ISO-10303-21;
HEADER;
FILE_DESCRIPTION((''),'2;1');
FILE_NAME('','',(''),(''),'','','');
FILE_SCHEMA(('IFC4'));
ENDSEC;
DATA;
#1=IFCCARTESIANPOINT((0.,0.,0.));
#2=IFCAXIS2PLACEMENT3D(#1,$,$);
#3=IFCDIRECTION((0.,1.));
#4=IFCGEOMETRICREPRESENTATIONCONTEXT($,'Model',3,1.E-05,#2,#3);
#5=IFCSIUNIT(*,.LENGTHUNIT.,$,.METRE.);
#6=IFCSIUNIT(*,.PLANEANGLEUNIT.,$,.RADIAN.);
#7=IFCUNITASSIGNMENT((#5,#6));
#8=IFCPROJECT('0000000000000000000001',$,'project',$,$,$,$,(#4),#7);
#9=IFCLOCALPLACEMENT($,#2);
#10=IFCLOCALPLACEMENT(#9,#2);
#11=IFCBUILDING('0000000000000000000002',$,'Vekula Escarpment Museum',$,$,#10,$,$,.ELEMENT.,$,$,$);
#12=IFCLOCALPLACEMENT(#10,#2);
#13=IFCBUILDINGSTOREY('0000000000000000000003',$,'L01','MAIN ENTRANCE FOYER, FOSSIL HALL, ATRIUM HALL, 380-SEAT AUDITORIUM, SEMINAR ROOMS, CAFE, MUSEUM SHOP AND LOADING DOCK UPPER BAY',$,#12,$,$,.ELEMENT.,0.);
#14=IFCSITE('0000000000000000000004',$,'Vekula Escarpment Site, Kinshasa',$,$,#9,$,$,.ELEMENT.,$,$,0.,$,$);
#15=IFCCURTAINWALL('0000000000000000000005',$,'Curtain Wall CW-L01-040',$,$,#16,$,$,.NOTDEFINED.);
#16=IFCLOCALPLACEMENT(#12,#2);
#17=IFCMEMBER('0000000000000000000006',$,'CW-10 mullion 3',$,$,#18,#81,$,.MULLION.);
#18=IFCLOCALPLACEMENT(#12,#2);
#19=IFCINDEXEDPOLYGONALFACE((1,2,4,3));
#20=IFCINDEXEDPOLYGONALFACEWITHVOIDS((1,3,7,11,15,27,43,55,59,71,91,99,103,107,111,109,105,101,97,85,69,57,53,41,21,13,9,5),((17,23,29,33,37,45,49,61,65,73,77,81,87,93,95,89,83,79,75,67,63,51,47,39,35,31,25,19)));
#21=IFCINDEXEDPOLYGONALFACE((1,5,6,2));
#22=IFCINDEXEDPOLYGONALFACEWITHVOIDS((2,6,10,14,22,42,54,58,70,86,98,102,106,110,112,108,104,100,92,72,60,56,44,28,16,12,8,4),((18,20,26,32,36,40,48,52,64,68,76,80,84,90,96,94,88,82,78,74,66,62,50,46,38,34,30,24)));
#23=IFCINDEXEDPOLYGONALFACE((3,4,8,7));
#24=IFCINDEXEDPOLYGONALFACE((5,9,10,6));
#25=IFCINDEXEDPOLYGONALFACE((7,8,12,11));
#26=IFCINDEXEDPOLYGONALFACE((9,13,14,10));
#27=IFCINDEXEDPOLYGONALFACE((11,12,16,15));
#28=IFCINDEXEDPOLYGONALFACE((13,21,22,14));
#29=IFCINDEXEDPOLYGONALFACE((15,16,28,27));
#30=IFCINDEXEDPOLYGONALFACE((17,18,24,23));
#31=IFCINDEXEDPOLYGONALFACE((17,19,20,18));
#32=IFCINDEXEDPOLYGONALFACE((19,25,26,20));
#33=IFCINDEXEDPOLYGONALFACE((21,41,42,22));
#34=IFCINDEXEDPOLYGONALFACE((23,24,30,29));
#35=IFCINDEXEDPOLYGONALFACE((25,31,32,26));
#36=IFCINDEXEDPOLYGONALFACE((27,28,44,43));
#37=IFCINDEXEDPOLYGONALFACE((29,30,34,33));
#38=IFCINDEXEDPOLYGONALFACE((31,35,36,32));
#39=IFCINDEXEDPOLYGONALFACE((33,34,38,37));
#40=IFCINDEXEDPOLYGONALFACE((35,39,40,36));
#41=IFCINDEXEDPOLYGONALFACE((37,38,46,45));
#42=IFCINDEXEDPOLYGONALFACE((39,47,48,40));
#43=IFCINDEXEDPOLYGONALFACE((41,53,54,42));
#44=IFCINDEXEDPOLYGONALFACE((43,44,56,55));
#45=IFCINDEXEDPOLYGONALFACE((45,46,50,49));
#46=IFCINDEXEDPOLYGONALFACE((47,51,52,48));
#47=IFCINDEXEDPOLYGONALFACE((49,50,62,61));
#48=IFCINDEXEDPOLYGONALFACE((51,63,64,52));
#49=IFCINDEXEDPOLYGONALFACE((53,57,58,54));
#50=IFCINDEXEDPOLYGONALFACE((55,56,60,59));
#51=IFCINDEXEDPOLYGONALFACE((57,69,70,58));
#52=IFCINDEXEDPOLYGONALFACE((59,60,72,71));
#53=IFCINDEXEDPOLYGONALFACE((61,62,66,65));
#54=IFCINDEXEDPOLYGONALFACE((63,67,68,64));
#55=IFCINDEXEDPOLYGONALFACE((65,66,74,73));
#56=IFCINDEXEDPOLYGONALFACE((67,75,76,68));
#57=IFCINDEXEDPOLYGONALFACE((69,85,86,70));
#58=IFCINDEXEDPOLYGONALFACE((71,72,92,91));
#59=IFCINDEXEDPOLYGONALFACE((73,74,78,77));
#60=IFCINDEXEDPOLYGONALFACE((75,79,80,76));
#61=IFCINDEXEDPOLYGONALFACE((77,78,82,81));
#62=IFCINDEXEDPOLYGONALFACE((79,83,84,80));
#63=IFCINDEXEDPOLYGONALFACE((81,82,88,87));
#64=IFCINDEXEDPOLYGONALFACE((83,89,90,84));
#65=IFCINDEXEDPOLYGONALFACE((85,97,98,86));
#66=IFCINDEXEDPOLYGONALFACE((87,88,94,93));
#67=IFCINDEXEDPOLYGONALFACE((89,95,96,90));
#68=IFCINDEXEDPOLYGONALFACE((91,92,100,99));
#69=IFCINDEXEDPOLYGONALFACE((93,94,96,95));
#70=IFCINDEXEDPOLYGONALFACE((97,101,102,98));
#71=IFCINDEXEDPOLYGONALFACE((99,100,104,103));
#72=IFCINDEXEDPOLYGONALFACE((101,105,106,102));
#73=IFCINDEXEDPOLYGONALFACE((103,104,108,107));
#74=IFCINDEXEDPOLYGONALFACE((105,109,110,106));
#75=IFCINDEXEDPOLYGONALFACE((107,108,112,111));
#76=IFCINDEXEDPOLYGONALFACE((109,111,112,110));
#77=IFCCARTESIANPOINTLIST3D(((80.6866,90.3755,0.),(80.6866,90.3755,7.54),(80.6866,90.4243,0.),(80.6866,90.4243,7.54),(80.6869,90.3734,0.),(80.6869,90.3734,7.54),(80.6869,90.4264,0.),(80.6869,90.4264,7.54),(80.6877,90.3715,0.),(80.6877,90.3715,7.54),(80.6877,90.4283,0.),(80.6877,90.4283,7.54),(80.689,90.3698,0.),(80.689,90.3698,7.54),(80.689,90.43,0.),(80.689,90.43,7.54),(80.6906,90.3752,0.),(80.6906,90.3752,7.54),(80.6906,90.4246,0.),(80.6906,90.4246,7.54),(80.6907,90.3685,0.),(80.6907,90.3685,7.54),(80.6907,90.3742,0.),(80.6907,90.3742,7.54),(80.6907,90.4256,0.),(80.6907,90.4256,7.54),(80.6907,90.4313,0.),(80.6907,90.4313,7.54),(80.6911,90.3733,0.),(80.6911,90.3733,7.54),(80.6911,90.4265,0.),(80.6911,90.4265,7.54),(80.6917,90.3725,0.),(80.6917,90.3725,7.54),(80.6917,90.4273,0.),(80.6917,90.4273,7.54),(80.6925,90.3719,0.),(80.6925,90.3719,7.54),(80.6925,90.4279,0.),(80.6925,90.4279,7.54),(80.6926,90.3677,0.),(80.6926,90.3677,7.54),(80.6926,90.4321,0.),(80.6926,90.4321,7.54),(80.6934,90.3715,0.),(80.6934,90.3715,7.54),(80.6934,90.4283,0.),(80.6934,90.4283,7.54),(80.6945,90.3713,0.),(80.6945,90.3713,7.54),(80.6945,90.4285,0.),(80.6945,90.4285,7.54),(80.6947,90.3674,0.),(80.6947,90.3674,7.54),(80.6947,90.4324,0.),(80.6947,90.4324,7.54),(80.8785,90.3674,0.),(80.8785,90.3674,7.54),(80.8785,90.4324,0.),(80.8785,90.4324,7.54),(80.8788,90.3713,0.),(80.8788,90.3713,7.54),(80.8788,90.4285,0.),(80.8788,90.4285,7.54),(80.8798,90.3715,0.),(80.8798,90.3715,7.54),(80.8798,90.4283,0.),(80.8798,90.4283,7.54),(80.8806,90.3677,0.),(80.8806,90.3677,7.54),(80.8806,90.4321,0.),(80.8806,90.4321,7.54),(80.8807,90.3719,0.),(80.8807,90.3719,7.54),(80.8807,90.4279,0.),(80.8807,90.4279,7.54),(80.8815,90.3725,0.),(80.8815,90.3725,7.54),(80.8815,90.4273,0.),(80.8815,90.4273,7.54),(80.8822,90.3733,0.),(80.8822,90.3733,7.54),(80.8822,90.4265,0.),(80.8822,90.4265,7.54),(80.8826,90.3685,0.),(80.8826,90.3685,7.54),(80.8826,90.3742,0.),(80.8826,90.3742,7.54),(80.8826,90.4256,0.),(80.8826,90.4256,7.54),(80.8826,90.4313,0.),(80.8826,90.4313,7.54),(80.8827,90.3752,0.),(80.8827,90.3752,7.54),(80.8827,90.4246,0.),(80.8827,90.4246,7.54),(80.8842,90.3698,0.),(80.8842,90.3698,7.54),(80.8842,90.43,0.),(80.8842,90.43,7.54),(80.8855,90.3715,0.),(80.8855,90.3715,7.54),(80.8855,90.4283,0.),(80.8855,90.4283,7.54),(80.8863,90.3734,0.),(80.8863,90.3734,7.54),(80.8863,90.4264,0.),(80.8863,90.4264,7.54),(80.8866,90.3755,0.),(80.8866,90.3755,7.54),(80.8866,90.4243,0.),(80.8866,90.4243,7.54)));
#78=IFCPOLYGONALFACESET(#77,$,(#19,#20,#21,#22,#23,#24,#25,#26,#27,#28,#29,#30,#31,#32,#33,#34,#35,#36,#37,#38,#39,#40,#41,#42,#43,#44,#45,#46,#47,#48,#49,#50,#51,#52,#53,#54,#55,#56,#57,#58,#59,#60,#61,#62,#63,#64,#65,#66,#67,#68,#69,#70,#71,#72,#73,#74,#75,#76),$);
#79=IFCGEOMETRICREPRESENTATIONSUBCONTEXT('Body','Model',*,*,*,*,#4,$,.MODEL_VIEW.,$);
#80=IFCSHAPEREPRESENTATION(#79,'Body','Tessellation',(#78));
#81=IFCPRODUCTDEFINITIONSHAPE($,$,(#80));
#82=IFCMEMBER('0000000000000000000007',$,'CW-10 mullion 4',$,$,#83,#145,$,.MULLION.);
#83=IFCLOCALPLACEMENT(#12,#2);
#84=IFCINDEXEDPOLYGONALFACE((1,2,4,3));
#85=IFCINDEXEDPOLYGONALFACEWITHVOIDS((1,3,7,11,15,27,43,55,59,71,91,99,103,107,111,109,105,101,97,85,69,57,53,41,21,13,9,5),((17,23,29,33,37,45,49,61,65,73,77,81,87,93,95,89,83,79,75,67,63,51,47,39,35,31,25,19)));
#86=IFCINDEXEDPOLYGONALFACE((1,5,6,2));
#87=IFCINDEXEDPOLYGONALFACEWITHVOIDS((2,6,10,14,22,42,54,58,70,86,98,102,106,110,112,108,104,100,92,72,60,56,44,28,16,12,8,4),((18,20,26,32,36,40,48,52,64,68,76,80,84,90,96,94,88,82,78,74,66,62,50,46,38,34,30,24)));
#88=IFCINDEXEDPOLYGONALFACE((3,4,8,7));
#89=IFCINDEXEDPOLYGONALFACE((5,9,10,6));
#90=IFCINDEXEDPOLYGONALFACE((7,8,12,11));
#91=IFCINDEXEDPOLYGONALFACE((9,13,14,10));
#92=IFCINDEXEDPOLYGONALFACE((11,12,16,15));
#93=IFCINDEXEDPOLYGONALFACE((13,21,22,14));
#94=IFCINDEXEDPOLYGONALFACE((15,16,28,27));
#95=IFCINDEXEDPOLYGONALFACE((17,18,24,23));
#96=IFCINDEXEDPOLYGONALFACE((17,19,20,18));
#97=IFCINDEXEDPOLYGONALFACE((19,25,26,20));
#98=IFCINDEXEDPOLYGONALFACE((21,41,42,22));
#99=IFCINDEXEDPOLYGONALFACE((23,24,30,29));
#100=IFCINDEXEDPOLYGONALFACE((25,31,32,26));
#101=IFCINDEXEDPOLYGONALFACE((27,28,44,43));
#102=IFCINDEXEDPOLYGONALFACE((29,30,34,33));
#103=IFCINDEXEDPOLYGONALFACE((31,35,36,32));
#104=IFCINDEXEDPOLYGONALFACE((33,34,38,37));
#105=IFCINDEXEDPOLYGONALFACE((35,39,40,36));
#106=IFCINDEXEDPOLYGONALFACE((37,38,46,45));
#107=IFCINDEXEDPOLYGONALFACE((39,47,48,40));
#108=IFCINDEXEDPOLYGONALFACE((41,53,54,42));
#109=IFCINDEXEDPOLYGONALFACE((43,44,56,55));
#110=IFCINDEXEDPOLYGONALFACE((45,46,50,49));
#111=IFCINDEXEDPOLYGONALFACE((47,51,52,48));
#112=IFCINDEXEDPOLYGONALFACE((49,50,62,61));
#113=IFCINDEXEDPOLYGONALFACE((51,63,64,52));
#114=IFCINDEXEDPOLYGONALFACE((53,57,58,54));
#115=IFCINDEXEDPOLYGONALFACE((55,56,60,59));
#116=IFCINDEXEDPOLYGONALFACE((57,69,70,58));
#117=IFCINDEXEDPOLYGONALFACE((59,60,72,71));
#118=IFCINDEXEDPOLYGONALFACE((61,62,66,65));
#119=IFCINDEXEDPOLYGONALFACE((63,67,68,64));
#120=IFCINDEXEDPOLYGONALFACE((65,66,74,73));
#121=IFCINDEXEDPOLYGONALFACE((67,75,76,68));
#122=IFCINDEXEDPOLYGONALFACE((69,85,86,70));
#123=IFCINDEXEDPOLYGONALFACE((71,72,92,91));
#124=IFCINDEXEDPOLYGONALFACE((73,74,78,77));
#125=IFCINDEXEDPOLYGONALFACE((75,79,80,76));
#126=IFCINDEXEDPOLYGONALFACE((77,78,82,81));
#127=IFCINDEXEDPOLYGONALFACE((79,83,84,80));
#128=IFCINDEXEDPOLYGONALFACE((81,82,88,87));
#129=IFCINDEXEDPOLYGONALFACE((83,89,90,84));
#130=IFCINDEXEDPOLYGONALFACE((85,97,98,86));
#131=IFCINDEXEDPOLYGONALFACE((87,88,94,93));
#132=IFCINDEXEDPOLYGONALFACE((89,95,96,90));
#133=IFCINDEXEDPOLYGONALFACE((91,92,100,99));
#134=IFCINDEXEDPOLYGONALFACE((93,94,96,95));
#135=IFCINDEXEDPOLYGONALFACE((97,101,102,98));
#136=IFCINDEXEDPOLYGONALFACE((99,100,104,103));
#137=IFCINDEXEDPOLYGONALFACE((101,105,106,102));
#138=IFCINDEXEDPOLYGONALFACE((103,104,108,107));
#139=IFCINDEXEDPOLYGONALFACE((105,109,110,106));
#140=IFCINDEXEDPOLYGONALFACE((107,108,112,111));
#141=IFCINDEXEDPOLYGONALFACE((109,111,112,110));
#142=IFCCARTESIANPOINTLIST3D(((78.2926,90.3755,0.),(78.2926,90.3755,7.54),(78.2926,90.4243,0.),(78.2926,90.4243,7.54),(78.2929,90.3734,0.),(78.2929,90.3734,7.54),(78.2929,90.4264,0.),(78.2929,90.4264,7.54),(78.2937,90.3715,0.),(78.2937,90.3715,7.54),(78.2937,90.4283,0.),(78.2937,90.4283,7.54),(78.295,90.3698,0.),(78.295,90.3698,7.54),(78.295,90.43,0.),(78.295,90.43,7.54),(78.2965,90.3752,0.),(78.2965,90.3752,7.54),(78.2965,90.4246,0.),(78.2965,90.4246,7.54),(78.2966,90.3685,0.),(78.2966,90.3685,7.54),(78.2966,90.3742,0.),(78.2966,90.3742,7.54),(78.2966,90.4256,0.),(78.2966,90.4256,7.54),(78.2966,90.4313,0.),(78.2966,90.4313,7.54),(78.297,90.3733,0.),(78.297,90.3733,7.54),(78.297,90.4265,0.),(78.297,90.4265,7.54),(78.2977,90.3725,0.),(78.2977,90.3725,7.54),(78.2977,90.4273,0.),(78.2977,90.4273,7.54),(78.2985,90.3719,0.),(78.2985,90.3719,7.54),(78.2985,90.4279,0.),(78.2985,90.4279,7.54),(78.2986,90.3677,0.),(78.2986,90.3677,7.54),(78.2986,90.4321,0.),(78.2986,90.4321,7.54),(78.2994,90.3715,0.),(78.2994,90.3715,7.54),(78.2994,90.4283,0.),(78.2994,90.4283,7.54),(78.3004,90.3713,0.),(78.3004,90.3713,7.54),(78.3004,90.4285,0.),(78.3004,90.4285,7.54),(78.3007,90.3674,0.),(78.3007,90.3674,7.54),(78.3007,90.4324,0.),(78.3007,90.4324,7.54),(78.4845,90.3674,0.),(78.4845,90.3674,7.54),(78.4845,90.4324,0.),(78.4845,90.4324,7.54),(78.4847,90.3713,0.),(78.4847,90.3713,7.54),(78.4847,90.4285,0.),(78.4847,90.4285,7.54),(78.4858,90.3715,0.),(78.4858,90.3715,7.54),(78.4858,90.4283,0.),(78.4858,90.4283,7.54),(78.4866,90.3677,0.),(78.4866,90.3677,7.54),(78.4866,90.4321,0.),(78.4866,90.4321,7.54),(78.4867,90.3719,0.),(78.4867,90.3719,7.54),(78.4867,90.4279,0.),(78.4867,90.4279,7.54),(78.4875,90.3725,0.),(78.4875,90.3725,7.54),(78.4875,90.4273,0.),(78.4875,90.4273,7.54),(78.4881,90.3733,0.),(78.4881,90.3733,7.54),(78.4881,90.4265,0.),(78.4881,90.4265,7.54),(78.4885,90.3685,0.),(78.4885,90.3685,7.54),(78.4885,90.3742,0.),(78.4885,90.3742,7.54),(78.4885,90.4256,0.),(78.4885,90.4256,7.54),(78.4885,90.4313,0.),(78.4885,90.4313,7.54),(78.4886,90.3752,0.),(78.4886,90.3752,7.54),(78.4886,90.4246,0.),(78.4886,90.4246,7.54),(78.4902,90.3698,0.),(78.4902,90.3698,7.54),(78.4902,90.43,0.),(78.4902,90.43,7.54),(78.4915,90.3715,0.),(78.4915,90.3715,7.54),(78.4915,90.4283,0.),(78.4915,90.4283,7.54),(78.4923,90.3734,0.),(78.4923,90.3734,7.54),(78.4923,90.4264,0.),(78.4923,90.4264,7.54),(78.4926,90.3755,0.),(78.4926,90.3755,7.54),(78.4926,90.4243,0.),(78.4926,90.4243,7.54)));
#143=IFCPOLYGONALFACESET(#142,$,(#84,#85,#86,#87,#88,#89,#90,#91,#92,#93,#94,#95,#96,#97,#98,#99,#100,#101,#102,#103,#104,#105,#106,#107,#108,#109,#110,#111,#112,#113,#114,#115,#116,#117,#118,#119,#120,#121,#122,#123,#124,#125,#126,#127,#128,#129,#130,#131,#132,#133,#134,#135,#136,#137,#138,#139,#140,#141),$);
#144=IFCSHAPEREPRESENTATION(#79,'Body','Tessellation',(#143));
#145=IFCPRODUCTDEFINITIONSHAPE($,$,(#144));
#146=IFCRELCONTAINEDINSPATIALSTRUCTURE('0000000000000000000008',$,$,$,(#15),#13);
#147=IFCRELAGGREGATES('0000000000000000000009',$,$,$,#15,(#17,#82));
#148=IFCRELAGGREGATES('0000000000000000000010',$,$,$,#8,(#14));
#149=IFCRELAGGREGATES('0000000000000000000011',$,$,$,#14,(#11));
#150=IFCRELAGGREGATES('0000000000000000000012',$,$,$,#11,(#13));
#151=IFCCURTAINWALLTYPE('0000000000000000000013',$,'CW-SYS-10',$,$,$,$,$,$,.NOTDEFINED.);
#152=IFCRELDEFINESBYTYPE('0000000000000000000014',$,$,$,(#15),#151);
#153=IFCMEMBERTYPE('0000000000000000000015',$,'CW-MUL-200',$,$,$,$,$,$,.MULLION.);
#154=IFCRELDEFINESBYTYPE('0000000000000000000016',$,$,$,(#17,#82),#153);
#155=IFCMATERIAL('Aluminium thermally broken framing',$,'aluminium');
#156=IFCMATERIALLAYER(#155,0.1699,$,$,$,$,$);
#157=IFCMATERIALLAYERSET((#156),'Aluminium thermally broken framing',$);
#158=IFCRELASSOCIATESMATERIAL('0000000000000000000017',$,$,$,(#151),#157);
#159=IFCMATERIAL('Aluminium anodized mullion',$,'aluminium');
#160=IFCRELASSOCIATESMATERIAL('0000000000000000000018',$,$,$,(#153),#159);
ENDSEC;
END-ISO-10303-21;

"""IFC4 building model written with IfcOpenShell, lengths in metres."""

from ifc_helpers import new_model, si_unit, direction, frame, origin, origin_2d, place, context, subcontext, project, spatial, hollow_rectangle, extrude, material, layer, layer_set, material_profile, profile_set, type_object, element, aggregate, save


model = new_model("IFC4")

# Units and contexts
model_context = context("Model", 3, precision=1e-05, world=origin(), true_north=direction((0.0, 1.0)))
body_context = subcontext(model_context, "Body", "Model", "MODEL_VIEW")
ifc_project = project(units=[si_unit("LENGTHUNIT", "METRE"), si_unit("PLANEANGLEUNIT", "RADIAN")], contexts=[model_context])

# Site, building, storey
site_placement = place(None, origin())
site = spatial("IfcSite", under=ifc_project, at=site_placement, Name="Vekula Escarpment Site, Kinshasa", CompositionType="ELEMENT", RefElevation=0.0)
building_placement = place(site_placement, origin())
building = spatial("IfcBuilding", under=site, at=building_placement, Name="Vekula Escarpment Museum", CompositionType="ELEMENT")
storey_placement = place(building_placement, origin())
storey = spatial("IfcBuildingStorey", under=building, at=storey_placement, Name="L01", Description="MAIN ENTRANCE FOYER, FOSSIL HALL, ATRIUM HALL, 380-SEAT AUDITORIUM, SEMINAR ROOMS, CAFE, MUSEUM SHOP AND LOADING DOCK UPPER BAY", CompositionType="ELEMENT", Elevation=0.0)

# Curtain wall, members
ifc_material_1 = material(Name="Aluminium thermally broken framing", Category="aluminium")
ifc_layer_1 = layer(ifc_material_1, 0.1699)
ifc_layer_set_1 = layer_set([ifc_layer_1], Name="Aluminium thermally broken framing")
curtain_wall_type = type_object("IfcCurtainWallType", Name="CW-SYS-10", PredefinedType="NOTDEFINED", material=ifc_layer_set_1)
curtain_wall_placement = place(storey_placement, origin())
curtain_wall = element("IfcCurtainWall", 1, at=curtain_wall_placement, inside=storey, type_object=curtain_wall_type, Name="Curtain Wall CW-L01-040", PredefinedType="NOTDEFINED")
ifc_material_2 = material(Name="Aluminium anodized mullion", Category="aluminium")
ifc_material_profile_1 = material_profile(ifc_material_2, hollow_rectangle(XDim=0.0649, YDim=0.2, WallThickness=0.0039, InnerFilletRadius=0.0039, OuterFilletRadius=0.0081, at=origin_2d()), Name="ALU 200x65x4")
ifc_profile_set_1 = profile_set([ifc_material_profile_1], Name="Aluminium anodized mullion")
member_type_1 = type_object("IfcMemberType", Name="CW-MUL-200", PredefinedType="MULLION", material=ifc_profile_set_1)
member_1_placement = place(storey_placement, frame((80.7866, 90.3999, 0.0), z_axis=(0.0, 0.0, 1.0), x_axis=(0.0, -1.0, 0.0)))
member_1 = element("IfcMember", 2, at=member_1_placement, type_object=member_type_1, Name="CW-10 mullion 3", PredefinedType="MULLION", context=body_context, shape_type="SweptSolid", body=[
    extrude(hollow_rectangle(XDim=0.0649, YDim=0.2, WallThickness=0.0039, InnerFilletRadius=0.0039, OuterFilletRadius=0.0081, at=origin_2d()), origin(), (0.0, 0.0, 1.0), 7.54),
])
member_2_placement = place(storey_placement, frame((78.3926, 90.3999, 0.0), z_axis=(0.0, 0.0, 1.0), x_axis=(0.0, -1.0, 0.0)))
member_2 = element("IfcMember", 3, at=member_2_placement, type_object=member_type_1, Name="CW-10 mullion 4", PredefinedType="MULLION", context=body_context, shape_type="SweptSolid", body=[
    extrude(hollow_rectangle(XDim=0.0649, YDim=0.2, WallThickness=0.0039, InnerFilletRadius=0.0039, OuterFilletRadius=0.0081, at=origin_2d()), origin(), (0.0, 0.0, 1.0), 7.54),
])
aggregate(curtain_wall, [member_1, member_2])

save(model, "model.ifc")
